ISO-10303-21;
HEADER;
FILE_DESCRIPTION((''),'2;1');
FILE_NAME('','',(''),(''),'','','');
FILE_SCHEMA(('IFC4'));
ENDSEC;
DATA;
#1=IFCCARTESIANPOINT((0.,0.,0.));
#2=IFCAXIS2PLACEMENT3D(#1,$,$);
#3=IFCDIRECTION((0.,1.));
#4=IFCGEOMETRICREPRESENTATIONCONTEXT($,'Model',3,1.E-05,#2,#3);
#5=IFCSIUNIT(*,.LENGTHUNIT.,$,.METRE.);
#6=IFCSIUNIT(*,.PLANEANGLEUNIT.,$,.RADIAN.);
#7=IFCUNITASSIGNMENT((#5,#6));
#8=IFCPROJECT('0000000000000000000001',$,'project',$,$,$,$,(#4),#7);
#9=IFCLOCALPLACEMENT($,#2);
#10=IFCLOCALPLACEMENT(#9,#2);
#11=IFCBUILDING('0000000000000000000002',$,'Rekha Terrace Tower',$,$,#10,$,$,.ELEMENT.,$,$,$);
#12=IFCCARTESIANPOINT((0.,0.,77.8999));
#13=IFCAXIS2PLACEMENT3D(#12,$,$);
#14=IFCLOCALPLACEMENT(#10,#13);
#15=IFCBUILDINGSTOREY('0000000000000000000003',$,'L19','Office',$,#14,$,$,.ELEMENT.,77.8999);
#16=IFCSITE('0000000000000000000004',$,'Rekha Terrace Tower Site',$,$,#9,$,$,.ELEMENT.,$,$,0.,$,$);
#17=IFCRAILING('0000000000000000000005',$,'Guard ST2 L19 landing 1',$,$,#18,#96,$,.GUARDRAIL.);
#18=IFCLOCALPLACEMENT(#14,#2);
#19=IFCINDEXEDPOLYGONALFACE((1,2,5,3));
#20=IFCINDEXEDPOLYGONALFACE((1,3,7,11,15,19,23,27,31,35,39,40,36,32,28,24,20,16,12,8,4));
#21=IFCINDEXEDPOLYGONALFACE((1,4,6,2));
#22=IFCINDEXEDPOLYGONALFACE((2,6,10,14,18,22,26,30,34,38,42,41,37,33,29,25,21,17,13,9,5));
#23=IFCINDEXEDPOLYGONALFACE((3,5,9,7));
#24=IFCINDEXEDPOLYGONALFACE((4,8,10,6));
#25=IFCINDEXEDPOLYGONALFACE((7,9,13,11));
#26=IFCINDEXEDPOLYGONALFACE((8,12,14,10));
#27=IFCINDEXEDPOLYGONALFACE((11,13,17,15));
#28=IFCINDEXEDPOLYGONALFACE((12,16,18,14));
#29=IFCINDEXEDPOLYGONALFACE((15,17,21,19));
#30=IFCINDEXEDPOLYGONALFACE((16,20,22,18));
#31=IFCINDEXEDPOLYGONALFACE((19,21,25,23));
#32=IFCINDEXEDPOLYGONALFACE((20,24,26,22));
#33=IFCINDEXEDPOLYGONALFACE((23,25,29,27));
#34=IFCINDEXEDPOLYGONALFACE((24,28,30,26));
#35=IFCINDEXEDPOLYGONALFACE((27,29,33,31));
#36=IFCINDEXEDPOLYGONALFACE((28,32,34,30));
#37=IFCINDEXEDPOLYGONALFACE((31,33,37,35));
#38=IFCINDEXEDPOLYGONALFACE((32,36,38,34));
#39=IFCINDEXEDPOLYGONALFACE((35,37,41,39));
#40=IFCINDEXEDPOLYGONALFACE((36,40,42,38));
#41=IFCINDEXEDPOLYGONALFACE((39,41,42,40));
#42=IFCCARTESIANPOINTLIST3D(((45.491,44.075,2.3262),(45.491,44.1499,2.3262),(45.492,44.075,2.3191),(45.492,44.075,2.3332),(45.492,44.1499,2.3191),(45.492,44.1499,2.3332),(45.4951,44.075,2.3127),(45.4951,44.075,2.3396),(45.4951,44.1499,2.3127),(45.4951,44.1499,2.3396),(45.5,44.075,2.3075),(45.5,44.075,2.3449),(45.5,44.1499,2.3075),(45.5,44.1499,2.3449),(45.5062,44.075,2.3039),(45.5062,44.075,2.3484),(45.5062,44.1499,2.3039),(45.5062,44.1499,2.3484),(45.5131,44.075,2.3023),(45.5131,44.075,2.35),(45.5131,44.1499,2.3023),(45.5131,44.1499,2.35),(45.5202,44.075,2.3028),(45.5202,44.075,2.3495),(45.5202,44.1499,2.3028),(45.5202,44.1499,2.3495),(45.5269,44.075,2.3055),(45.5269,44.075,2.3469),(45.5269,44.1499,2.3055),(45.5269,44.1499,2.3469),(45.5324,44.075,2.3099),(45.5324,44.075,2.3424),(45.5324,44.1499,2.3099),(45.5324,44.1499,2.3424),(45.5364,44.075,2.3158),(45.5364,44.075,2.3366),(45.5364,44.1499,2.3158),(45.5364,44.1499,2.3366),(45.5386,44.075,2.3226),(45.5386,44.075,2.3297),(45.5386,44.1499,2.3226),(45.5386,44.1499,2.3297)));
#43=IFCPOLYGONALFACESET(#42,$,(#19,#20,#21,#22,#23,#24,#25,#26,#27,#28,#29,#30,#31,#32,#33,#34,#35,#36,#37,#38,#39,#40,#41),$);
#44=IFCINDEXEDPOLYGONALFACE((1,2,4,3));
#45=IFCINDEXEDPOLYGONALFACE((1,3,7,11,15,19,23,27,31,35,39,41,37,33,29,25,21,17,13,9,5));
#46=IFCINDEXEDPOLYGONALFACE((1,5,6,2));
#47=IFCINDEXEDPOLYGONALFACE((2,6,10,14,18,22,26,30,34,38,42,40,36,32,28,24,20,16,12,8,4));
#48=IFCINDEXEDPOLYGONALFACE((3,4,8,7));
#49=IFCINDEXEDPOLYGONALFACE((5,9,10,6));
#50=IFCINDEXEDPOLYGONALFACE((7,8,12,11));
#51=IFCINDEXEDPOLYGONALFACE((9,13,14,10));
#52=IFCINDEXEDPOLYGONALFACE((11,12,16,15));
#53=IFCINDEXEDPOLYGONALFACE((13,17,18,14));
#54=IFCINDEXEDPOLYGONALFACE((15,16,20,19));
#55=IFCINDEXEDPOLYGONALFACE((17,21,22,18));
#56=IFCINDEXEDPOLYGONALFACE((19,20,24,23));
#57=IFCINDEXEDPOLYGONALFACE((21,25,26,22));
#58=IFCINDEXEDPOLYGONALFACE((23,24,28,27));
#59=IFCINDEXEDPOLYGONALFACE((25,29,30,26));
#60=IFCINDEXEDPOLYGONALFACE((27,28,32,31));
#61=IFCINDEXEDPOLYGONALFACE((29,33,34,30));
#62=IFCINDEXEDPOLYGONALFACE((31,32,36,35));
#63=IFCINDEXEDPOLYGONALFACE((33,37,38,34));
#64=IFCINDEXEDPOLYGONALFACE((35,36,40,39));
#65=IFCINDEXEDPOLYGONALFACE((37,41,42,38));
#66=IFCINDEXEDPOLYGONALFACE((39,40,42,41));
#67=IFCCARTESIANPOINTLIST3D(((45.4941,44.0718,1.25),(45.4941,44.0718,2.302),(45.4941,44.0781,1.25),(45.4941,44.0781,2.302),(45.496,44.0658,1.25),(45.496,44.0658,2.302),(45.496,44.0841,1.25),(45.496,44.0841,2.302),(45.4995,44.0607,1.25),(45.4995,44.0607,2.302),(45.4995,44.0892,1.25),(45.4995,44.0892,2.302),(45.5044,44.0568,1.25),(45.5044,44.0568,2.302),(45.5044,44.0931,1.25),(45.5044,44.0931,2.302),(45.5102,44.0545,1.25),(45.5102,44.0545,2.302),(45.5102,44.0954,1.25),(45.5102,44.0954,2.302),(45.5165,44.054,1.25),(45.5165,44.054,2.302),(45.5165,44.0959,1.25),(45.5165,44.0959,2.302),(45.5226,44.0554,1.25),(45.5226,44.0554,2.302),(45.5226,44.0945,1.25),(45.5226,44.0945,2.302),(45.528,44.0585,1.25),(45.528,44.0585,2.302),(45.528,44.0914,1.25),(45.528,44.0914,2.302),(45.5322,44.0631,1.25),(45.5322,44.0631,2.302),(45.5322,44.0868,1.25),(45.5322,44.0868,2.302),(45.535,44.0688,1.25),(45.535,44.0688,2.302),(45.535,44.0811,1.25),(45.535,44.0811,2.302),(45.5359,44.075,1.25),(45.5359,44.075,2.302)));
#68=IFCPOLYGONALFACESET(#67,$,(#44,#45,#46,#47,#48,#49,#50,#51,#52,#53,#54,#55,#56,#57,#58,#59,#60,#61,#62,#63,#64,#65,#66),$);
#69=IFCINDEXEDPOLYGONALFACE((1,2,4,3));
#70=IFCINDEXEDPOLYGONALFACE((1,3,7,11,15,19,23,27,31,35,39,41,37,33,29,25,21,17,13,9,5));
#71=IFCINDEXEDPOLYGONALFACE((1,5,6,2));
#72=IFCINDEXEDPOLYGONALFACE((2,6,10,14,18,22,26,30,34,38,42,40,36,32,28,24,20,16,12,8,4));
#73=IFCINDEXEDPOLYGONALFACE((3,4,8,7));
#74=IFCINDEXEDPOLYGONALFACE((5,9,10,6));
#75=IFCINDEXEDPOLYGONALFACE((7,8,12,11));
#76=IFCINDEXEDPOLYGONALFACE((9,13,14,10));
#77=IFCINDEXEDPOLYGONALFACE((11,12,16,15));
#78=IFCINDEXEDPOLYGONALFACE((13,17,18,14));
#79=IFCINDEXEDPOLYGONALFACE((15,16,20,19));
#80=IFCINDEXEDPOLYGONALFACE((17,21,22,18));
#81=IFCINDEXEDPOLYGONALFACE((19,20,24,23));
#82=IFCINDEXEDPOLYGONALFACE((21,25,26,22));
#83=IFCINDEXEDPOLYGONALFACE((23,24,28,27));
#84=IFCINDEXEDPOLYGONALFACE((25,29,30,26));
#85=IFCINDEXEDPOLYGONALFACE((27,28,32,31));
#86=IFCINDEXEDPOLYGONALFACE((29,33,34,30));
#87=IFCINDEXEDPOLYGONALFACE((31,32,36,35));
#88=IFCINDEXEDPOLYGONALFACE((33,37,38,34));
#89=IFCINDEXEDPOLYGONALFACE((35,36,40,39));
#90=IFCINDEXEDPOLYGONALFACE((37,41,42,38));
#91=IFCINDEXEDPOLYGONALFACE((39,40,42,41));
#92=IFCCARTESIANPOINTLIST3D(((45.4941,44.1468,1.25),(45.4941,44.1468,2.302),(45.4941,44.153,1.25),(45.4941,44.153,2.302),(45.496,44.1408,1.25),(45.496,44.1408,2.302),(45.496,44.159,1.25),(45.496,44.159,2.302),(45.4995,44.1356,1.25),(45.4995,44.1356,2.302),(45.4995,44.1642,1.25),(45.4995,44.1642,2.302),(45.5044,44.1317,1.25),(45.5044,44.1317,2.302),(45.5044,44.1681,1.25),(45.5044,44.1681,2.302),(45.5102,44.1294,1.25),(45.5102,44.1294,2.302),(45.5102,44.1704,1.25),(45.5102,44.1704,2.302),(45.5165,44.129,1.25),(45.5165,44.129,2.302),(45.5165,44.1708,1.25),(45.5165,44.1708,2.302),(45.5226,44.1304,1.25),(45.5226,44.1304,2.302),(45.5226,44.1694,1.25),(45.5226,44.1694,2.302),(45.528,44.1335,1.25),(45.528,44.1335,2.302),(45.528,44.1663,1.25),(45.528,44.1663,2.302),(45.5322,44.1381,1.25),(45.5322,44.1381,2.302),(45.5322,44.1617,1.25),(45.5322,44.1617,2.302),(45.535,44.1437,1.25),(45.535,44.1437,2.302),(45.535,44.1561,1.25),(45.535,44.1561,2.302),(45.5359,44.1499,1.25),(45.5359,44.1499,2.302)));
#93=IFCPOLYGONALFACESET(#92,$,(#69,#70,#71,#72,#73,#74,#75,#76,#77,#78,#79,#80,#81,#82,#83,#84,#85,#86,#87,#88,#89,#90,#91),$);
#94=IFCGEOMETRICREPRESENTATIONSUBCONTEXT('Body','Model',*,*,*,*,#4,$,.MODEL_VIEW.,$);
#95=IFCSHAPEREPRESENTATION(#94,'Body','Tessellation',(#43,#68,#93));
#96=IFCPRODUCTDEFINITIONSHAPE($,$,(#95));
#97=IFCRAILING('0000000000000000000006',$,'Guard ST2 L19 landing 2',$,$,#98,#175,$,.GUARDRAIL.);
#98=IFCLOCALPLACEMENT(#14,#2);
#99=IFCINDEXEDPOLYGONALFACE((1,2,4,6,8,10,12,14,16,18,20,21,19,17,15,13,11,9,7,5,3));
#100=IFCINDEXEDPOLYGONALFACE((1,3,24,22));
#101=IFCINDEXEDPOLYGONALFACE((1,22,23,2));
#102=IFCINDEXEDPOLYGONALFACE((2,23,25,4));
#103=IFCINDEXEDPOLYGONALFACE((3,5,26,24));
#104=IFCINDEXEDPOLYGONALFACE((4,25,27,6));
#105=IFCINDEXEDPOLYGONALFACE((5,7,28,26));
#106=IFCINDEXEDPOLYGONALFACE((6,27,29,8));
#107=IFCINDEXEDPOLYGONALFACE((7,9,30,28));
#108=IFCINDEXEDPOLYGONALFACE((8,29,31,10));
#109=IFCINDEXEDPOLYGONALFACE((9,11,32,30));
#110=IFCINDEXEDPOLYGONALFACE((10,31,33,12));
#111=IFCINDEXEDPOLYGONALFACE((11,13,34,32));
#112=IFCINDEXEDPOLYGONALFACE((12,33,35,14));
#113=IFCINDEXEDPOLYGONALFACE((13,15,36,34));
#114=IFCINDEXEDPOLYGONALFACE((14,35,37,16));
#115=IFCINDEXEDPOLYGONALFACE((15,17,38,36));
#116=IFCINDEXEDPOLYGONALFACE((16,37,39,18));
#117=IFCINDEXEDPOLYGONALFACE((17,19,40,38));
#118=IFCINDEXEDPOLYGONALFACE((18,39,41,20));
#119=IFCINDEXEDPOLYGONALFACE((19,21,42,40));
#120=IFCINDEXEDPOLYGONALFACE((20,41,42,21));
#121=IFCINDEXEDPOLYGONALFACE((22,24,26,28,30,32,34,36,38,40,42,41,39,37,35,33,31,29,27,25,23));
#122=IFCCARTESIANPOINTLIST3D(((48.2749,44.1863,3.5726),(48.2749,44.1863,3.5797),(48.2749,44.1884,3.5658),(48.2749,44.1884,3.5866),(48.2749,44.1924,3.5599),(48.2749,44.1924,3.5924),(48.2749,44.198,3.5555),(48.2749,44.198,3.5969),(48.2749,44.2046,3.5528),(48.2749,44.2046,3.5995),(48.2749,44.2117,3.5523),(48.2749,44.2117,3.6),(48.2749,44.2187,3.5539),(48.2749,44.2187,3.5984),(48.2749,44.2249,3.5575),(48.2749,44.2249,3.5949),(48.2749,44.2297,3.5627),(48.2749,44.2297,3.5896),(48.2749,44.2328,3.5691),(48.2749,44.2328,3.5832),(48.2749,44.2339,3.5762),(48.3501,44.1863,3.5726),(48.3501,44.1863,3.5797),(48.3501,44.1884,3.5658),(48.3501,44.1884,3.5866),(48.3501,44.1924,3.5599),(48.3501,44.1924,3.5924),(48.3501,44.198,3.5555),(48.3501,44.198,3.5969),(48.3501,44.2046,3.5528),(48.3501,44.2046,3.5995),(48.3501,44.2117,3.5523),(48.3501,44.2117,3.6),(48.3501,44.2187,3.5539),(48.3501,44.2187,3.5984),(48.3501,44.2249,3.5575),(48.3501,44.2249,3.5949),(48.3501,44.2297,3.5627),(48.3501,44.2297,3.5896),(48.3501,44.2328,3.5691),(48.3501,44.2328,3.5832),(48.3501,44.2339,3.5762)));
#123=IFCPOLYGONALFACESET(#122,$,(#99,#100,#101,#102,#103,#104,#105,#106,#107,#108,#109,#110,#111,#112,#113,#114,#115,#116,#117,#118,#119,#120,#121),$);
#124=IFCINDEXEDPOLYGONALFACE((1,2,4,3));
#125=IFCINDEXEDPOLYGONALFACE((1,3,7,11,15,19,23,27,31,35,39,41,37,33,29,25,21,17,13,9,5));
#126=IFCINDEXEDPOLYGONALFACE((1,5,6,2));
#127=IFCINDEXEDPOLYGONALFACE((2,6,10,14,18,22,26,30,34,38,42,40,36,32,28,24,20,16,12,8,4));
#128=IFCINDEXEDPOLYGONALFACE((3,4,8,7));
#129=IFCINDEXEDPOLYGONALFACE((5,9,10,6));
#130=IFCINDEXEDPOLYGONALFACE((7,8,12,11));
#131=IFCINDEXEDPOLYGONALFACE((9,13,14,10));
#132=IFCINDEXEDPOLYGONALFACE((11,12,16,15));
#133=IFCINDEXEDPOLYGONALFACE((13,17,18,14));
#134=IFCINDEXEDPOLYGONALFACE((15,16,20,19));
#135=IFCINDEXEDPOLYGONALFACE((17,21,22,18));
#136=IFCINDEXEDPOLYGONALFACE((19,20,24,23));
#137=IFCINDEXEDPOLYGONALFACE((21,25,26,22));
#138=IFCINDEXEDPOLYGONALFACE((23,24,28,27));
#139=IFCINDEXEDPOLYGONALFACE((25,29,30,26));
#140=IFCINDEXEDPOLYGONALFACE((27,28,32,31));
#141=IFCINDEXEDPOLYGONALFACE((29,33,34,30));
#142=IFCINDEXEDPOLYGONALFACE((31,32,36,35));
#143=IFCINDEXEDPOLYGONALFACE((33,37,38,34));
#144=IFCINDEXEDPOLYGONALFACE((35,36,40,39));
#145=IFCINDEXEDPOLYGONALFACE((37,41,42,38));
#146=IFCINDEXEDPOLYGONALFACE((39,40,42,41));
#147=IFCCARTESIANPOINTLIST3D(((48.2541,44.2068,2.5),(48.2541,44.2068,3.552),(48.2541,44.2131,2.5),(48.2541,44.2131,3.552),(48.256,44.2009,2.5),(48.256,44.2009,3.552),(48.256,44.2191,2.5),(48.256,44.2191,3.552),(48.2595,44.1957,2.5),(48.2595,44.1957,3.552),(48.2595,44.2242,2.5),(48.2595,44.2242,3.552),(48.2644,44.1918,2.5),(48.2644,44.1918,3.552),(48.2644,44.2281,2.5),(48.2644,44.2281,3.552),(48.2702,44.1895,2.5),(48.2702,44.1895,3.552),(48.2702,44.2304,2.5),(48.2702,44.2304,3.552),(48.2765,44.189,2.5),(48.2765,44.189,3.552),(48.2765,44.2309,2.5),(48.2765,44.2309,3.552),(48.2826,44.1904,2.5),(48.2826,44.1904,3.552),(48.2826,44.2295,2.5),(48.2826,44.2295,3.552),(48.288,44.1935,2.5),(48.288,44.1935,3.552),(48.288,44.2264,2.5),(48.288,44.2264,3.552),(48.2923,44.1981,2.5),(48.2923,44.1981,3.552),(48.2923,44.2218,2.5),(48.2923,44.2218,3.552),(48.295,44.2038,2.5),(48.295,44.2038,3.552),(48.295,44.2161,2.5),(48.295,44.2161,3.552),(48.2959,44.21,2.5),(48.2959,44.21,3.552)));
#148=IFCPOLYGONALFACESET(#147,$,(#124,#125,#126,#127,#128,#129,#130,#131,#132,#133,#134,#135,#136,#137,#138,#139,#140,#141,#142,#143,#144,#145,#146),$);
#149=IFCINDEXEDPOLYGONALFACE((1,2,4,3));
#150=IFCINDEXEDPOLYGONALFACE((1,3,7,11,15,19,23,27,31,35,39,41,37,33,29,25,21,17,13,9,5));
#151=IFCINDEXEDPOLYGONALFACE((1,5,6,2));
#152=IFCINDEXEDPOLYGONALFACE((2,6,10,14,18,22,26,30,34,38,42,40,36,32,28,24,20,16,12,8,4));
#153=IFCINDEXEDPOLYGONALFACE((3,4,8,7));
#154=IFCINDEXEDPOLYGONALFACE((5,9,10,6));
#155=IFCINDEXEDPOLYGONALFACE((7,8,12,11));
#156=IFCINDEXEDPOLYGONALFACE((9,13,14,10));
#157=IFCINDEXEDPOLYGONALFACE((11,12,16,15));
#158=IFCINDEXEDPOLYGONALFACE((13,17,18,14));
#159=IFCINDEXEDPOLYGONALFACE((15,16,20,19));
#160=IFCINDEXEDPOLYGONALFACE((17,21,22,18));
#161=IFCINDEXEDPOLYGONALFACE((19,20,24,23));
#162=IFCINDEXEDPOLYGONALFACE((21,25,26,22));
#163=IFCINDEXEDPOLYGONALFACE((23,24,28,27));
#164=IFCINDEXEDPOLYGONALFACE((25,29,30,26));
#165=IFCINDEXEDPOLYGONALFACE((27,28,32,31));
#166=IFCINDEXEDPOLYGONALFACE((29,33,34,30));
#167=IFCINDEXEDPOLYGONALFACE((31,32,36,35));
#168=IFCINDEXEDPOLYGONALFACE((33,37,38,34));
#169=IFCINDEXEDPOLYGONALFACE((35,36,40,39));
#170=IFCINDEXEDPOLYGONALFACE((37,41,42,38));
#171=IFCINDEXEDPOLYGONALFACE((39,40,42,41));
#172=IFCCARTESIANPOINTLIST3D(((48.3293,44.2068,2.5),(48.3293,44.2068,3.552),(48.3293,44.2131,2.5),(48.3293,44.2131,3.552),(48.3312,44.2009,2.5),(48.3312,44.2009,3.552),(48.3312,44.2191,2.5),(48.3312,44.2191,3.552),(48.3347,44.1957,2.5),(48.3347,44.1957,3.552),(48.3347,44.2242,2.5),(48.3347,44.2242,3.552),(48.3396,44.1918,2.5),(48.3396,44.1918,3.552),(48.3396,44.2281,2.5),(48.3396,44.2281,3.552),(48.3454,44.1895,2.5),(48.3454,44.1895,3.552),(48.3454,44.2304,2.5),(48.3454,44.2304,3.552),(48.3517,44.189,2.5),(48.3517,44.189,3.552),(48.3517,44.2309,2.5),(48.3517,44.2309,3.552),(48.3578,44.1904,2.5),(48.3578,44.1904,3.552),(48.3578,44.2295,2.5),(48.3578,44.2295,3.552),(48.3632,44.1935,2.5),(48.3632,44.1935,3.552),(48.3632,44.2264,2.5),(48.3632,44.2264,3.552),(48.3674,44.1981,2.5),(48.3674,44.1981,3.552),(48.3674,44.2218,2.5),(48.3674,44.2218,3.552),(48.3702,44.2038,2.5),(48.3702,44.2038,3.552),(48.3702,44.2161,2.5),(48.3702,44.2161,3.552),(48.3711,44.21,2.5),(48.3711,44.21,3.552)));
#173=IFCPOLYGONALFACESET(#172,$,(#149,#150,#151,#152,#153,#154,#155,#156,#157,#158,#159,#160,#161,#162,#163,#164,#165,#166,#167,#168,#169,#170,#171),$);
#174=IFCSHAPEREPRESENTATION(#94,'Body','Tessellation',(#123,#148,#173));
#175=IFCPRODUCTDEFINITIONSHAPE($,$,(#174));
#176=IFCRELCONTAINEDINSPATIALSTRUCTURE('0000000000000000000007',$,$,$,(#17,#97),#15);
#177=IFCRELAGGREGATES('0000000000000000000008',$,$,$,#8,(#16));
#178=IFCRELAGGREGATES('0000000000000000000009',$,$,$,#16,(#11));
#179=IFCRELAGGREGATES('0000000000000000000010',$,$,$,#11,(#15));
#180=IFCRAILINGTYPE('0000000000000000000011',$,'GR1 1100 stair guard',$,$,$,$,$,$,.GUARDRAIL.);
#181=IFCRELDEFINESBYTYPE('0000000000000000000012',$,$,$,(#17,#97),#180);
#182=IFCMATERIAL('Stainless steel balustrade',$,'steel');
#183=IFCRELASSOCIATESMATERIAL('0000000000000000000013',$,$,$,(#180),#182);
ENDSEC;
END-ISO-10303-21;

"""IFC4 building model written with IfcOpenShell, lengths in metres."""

from ifc_helpers import new_model, si_unit, direction, frame, origin, origin_2d, place, context, subcontext, project, spatial, circle, extrude, material, type_object, element, save


model = new_model("IFC4")

# Units and contexts
model_context = context("Model", 3, precision=1e-05, world=origin(), true_north=direction((0.0, 1.0)))
body_context = subcontext(model_context, "Body", "Model", "MODEL_VIEW")
ifc_project = project(units=[si_unit("LENGTHUNIT", "METRE"), si_unit("PLANEANGLEUNIT", "RADIAN")], contexts=[model_context])

# Site, building, storey
site_placement = place(None, origin())
site = spatial("IfcSite", under=ifc_project, at=site_placement, Name="Rekha Terrace Tower Site", CompositionType="ELEMENT", RefElevation=0.0)
building_placement = place(site_placement, origin())
building = spatial("IfcBuilding", under=site, at=building_placement, Name="Rekha Terrace Tower", CompositionType="ELEMENT")
storey_placement = place(building_placement, frame((0.0, 0.0, 77.8999)))
storey = spatial("IfcBuildingStorey", under=building, at=storey_placement, Name="L19", Description="Office", CompositionType="ELEMENT", Elevation=77.8999)

# Railings
ifc_material_1 = material(Name="Stainless steel balustrade", Category="steel")
railing_type_1 = type_object("IfcRailingType", Name="GR1 1100 stair guard", PredefinedType="GUARDRAIL", material=ifc_material_1)
railing_1_placement = place(storey_placement, frame((45.5149, 44.075, 1.25)))
element("IfcRailing", 1, at=railing_1_placement, inside=storey, type_object=railing_type_1, Name="Guard ST2 L19 landing 1", PredefinedType="GUARDRAIL", context=body_context, shape_type="SweptSolid", body=[
    extrude(circle(Radius=0.0239, at=origin_2d()), frame((0.0, 0.0, 1.0762), z_axis=(0.0, 1.0, 0.0), x_axis=(-1.0, 0.0, 0.0)), (0.0, 0.0, 1.0), 0.075),
    extrude(circle(Radius=0.021, at=origin_2d()), origin(), (0.0, 0.0, 1.0), 1.052),
    extrude(circle(Radius=0.021, at=origin_2d()), frame((0.0, 0.075, 0.0)), (0.0, 0.0, 1.0), 1.052),
])
railing_2_placement = place(storey_placement, frame((48.2749, 44.21, 2.5)))
element("IfcRailing", 2, at=railing_2_placement, inside=storey, type_object=railing_type_1, Name="Guard ST2 L19 landing 2", PredefinedType="GUARDRAIL", context=body_context, shape_type="SweptSolid", body=[
    extrude(circle(Radius=0.0239, at=origin_2d()), frame((0.0, 0.0, 1.0762), z_axis=(1.0, 0.0, 0.0), x_axis=(0.0, 1.0, 0.0)), (0.0, 0.0, 1.0), 0.0752),
    extrude(circle(Radius=0.021, at=origin_2d()), origin(), (0.0, 0.0, 1.0), 1.052),
    extrude(circle(Radius=0.021, at=origin_2d()), frame((0.0752, 0.0, 0.0)), (0.0, 0.0, 1.0), 1.052),
])

save(model, "model.ifc")
